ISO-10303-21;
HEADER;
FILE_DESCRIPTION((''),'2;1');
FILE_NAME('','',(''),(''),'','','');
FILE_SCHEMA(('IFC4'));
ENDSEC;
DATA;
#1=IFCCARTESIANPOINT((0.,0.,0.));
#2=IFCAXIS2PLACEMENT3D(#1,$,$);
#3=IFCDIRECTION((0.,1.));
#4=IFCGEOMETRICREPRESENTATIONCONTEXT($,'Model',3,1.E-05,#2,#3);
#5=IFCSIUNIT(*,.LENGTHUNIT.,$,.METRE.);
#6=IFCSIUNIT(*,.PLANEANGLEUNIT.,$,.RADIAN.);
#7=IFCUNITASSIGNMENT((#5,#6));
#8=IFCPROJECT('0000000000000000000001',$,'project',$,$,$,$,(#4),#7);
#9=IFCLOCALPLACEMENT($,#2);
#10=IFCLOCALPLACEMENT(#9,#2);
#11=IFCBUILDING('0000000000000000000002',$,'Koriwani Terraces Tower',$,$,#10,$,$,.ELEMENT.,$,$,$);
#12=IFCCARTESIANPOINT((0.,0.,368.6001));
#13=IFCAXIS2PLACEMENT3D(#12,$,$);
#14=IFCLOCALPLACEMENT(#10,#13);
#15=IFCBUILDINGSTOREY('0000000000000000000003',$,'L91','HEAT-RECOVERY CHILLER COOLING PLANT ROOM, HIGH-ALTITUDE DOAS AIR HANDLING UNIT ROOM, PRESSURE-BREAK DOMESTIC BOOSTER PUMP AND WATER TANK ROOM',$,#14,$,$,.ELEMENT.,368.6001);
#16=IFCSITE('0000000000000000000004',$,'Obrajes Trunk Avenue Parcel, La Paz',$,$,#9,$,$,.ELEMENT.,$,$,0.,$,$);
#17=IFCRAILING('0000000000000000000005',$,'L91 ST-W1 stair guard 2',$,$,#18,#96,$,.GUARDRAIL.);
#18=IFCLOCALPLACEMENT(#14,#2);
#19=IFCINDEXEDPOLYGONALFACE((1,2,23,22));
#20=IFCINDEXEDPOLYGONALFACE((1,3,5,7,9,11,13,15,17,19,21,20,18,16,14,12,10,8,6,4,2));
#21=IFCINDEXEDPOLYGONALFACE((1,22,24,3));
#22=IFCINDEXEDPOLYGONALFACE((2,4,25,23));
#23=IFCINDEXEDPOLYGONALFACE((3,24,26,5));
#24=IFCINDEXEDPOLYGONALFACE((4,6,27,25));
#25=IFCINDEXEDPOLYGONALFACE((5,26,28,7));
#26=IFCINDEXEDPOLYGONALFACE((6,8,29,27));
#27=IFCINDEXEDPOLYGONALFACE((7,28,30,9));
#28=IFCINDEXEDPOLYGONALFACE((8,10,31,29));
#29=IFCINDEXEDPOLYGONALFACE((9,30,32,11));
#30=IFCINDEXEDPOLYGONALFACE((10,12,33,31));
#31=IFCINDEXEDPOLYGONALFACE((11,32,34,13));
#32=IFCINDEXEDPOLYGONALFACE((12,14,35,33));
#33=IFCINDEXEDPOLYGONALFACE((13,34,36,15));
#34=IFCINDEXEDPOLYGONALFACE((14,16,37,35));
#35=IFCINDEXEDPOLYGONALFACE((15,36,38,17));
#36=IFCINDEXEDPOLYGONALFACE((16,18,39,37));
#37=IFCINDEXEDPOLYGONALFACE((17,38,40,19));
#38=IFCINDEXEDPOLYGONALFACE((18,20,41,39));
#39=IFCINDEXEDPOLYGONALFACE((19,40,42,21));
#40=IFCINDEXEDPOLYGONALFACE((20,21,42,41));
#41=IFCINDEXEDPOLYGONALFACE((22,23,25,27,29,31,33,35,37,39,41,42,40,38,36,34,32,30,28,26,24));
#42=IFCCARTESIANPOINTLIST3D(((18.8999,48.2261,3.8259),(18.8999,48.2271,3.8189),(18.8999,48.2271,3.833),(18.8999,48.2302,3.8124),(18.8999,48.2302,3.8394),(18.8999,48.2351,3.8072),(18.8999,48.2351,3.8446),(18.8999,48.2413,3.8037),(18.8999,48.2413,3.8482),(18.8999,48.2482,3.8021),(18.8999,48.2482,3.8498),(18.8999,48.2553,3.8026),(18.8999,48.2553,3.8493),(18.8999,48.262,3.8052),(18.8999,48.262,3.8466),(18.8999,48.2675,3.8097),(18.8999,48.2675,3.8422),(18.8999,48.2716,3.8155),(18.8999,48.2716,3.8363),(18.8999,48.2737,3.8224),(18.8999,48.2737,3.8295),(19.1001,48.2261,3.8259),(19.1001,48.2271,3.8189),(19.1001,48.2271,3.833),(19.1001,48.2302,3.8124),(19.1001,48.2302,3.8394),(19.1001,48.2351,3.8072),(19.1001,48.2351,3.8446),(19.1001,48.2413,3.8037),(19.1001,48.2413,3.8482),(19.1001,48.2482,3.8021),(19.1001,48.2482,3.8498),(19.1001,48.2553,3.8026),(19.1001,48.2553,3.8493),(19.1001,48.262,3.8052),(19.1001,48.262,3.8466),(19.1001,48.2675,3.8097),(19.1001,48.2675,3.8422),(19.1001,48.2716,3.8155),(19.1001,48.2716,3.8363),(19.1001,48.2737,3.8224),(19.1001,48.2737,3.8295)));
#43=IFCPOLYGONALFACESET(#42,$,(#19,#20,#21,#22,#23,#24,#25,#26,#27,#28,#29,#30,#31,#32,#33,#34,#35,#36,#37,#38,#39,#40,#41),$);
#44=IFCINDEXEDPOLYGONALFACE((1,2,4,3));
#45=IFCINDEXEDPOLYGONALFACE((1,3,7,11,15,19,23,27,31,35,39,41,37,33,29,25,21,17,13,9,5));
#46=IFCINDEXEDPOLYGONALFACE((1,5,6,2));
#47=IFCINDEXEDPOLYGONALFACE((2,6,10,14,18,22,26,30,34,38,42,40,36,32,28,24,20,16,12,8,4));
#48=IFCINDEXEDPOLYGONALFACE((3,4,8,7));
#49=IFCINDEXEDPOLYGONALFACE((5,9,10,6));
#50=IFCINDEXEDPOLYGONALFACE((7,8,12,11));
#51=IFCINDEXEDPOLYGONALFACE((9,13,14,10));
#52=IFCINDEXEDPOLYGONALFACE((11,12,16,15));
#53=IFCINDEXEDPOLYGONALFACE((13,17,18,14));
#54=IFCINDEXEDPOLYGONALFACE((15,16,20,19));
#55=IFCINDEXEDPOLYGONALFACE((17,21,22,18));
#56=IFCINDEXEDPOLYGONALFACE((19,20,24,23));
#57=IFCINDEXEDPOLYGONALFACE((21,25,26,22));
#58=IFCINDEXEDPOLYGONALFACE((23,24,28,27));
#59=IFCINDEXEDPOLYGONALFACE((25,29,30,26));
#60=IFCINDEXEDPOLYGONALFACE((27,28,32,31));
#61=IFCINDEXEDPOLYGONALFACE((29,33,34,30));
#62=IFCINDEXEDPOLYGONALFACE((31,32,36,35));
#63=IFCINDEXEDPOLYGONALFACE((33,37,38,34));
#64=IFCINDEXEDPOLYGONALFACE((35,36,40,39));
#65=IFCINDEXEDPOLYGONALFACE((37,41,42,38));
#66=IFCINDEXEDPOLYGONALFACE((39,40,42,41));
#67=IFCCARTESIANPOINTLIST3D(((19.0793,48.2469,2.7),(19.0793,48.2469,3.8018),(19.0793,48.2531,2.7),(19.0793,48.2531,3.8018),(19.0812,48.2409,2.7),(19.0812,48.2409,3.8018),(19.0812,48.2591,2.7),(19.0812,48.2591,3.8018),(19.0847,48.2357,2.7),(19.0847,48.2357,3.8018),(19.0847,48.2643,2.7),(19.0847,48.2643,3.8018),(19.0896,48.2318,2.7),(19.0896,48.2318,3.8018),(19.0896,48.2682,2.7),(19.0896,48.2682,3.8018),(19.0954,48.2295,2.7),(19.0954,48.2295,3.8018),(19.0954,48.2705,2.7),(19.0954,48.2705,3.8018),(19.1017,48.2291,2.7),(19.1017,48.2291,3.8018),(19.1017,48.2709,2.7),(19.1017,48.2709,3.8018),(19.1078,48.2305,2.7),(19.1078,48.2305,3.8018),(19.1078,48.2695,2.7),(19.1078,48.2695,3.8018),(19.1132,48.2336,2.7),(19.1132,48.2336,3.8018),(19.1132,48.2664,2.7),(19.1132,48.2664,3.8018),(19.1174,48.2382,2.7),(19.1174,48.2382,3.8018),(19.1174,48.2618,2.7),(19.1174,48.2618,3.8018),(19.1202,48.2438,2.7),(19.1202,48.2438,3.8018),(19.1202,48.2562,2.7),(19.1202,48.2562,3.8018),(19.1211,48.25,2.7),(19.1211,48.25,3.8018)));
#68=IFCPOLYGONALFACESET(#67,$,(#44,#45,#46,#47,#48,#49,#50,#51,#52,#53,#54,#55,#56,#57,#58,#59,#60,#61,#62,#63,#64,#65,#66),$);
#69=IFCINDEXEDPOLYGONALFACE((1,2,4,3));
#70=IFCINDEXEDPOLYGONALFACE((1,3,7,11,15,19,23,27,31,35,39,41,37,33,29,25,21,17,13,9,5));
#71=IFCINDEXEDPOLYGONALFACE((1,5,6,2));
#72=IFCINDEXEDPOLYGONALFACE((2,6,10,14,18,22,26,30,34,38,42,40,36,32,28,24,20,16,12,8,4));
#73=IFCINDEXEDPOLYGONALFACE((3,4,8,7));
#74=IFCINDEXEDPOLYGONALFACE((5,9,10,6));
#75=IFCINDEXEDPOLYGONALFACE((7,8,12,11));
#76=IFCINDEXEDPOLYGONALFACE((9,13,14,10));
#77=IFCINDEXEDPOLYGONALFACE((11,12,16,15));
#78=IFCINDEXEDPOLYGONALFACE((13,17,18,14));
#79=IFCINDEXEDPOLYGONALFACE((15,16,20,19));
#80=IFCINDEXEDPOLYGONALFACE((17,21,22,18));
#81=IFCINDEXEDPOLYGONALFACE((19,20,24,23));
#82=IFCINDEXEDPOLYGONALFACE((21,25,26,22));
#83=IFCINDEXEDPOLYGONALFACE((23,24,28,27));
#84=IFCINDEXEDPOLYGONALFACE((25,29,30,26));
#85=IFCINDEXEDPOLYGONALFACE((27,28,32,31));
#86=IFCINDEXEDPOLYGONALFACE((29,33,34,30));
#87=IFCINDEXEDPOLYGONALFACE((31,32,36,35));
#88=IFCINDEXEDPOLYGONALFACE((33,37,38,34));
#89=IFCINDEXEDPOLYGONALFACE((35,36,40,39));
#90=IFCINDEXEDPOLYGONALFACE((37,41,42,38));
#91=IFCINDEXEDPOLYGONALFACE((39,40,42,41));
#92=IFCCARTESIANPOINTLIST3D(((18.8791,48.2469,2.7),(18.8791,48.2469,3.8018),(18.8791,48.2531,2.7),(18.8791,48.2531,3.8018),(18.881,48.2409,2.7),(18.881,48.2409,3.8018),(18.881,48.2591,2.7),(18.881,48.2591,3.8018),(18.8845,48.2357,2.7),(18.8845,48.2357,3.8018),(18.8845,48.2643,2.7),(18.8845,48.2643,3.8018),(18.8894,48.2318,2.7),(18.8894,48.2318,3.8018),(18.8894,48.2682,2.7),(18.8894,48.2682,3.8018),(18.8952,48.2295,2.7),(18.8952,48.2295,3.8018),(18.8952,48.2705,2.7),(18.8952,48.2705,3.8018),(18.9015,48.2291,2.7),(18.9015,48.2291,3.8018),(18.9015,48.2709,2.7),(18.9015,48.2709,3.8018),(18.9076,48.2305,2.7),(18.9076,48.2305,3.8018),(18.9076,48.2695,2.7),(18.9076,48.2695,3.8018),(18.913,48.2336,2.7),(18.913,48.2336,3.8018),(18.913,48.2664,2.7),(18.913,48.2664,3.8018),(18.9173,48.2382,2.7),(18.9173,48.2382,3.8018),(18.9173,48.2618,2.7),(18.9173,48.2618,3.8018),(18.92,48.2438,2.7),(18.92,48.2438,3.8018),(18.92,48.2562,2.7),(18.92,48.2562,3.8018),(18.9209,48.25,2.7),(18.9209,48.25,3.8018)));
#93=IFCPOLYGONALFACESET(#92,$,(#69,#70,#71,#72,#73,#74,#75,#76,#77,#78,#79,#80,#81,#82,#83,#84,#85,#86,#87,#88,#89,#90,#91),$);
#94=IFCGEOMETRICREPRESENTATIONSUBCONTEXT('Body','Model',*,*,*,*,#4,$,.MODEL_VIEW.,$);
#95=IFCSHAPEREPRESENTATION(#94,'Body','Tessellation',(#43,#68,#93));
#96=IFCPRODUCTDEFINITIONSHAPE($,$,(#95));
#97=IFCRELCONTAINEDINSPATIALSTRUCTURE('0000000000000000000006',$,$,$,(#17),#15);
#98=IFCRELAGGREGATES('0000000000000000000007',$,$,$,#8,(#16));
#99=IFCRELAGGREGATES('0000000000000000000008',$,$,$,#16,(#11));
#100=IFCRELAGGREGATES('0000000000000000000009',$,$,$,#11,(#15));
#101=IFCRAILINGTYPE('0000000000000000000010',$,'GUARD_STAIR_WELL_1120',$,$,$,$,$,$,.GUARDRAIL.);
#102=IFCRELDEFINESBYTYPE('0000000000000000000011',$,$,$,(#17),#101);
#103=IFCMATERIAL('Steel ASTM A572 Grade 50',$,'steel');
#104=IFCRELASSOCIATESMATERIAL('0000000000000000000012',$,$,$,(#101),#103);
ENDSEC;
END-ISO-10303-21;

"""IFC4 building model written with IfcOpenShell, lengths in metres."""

from ifc_helpers import new_model, si_unit, direction, frame, origin, origin_2d, place, context, subcontext, project, spatial, circle, extrude, material, type_object, element, save


model = new_model("IFC4")

# Units and contexts
model_context = context("Model", 3, precision=1e-05, world=origin(), true_north=direction((0.0, 1.0)))
body_context = subcontext(model_context, "Body", "Model", "MODEL_VIEW")
ifc_project = project(units=[si_unit("LENGTHUNIT", "METRE"), si_unit("PLANEANGLEUNIT", "RADIAN")], contexts=[model_context])

# Site, building, storey
site_placement = place(None, origin())
site = spatial("IfcSite", under=ifc_project, at=site_placement, Name="Obrajes Trunk Avenue Parcel, La Paz", CompositionType="ELEMENT", RefElevation=0.0)
building_placement = place(site_placement, origin())
building = spatial("IfcBuilding", under=site, at=building_placement, Name="Koriwani Terraces Tower", CompositionType="ELEMENT")
storey_placement = place(building_placement, frame((0.0, 0.0, 368.6001)))
storey = spatial("IfcBuildingStorey", under=building, at=storey_placement, Name="L91", Description="HEAT-RECOVERY CHILLER COOLING PLANT ROOM, HIGH-ALTITUDE DOAS AIR HANDLING UNIT ROOM, PRESSURE-BREAK DOMESTIC BOOSTER PUMP AND WATER TANK ROOM", CompositionType="ELEMENT", Elevation=368.6001)

# Shared definitions
ifc_material_1 = material(Name="Steel ASTM A572 Grade 50", Category="steel")

# Railing
railing_type_1 = type_object("IfcRailingType", Name="GUARD_STAIR_WELL_1120", PredefinedType="GUARDRAIL", material=ifc_material_1)
railing_1_placement = place(storey_placement, frame((19.1001, 48.25, 2.7)))
element("IfcRailing", 1, at=railing_1_placement, inside=storey, type_object=railing_type_1, Name="L91 ST-W1 stair guard 2", PredefinedType="GUARDRAIL", context=body_context, shape_type="SweptSolid", body=[
    extrude(circle(Radius=0.0239, at=origin_2d()), frame((0.0, 0.0, 1.126), z_axis=(-1.0, 0.0, 0.0), x_axis=(0.0, -1.0, 0.0)), (0.0, 0.0, 1.0), 0.2002),
    extrude(circle(Radius=0.021, at=origin_2d()), origin(), (0.0, 0.0, 1.0), 1.1018),
    extrude(circle(Radius=0.021, at=origin_2d()), frame((-0.2002, 0.0, 0.0)), (0.0, 0.0, 1.0), 1.1018),
])

save(model, "model.ifc")
